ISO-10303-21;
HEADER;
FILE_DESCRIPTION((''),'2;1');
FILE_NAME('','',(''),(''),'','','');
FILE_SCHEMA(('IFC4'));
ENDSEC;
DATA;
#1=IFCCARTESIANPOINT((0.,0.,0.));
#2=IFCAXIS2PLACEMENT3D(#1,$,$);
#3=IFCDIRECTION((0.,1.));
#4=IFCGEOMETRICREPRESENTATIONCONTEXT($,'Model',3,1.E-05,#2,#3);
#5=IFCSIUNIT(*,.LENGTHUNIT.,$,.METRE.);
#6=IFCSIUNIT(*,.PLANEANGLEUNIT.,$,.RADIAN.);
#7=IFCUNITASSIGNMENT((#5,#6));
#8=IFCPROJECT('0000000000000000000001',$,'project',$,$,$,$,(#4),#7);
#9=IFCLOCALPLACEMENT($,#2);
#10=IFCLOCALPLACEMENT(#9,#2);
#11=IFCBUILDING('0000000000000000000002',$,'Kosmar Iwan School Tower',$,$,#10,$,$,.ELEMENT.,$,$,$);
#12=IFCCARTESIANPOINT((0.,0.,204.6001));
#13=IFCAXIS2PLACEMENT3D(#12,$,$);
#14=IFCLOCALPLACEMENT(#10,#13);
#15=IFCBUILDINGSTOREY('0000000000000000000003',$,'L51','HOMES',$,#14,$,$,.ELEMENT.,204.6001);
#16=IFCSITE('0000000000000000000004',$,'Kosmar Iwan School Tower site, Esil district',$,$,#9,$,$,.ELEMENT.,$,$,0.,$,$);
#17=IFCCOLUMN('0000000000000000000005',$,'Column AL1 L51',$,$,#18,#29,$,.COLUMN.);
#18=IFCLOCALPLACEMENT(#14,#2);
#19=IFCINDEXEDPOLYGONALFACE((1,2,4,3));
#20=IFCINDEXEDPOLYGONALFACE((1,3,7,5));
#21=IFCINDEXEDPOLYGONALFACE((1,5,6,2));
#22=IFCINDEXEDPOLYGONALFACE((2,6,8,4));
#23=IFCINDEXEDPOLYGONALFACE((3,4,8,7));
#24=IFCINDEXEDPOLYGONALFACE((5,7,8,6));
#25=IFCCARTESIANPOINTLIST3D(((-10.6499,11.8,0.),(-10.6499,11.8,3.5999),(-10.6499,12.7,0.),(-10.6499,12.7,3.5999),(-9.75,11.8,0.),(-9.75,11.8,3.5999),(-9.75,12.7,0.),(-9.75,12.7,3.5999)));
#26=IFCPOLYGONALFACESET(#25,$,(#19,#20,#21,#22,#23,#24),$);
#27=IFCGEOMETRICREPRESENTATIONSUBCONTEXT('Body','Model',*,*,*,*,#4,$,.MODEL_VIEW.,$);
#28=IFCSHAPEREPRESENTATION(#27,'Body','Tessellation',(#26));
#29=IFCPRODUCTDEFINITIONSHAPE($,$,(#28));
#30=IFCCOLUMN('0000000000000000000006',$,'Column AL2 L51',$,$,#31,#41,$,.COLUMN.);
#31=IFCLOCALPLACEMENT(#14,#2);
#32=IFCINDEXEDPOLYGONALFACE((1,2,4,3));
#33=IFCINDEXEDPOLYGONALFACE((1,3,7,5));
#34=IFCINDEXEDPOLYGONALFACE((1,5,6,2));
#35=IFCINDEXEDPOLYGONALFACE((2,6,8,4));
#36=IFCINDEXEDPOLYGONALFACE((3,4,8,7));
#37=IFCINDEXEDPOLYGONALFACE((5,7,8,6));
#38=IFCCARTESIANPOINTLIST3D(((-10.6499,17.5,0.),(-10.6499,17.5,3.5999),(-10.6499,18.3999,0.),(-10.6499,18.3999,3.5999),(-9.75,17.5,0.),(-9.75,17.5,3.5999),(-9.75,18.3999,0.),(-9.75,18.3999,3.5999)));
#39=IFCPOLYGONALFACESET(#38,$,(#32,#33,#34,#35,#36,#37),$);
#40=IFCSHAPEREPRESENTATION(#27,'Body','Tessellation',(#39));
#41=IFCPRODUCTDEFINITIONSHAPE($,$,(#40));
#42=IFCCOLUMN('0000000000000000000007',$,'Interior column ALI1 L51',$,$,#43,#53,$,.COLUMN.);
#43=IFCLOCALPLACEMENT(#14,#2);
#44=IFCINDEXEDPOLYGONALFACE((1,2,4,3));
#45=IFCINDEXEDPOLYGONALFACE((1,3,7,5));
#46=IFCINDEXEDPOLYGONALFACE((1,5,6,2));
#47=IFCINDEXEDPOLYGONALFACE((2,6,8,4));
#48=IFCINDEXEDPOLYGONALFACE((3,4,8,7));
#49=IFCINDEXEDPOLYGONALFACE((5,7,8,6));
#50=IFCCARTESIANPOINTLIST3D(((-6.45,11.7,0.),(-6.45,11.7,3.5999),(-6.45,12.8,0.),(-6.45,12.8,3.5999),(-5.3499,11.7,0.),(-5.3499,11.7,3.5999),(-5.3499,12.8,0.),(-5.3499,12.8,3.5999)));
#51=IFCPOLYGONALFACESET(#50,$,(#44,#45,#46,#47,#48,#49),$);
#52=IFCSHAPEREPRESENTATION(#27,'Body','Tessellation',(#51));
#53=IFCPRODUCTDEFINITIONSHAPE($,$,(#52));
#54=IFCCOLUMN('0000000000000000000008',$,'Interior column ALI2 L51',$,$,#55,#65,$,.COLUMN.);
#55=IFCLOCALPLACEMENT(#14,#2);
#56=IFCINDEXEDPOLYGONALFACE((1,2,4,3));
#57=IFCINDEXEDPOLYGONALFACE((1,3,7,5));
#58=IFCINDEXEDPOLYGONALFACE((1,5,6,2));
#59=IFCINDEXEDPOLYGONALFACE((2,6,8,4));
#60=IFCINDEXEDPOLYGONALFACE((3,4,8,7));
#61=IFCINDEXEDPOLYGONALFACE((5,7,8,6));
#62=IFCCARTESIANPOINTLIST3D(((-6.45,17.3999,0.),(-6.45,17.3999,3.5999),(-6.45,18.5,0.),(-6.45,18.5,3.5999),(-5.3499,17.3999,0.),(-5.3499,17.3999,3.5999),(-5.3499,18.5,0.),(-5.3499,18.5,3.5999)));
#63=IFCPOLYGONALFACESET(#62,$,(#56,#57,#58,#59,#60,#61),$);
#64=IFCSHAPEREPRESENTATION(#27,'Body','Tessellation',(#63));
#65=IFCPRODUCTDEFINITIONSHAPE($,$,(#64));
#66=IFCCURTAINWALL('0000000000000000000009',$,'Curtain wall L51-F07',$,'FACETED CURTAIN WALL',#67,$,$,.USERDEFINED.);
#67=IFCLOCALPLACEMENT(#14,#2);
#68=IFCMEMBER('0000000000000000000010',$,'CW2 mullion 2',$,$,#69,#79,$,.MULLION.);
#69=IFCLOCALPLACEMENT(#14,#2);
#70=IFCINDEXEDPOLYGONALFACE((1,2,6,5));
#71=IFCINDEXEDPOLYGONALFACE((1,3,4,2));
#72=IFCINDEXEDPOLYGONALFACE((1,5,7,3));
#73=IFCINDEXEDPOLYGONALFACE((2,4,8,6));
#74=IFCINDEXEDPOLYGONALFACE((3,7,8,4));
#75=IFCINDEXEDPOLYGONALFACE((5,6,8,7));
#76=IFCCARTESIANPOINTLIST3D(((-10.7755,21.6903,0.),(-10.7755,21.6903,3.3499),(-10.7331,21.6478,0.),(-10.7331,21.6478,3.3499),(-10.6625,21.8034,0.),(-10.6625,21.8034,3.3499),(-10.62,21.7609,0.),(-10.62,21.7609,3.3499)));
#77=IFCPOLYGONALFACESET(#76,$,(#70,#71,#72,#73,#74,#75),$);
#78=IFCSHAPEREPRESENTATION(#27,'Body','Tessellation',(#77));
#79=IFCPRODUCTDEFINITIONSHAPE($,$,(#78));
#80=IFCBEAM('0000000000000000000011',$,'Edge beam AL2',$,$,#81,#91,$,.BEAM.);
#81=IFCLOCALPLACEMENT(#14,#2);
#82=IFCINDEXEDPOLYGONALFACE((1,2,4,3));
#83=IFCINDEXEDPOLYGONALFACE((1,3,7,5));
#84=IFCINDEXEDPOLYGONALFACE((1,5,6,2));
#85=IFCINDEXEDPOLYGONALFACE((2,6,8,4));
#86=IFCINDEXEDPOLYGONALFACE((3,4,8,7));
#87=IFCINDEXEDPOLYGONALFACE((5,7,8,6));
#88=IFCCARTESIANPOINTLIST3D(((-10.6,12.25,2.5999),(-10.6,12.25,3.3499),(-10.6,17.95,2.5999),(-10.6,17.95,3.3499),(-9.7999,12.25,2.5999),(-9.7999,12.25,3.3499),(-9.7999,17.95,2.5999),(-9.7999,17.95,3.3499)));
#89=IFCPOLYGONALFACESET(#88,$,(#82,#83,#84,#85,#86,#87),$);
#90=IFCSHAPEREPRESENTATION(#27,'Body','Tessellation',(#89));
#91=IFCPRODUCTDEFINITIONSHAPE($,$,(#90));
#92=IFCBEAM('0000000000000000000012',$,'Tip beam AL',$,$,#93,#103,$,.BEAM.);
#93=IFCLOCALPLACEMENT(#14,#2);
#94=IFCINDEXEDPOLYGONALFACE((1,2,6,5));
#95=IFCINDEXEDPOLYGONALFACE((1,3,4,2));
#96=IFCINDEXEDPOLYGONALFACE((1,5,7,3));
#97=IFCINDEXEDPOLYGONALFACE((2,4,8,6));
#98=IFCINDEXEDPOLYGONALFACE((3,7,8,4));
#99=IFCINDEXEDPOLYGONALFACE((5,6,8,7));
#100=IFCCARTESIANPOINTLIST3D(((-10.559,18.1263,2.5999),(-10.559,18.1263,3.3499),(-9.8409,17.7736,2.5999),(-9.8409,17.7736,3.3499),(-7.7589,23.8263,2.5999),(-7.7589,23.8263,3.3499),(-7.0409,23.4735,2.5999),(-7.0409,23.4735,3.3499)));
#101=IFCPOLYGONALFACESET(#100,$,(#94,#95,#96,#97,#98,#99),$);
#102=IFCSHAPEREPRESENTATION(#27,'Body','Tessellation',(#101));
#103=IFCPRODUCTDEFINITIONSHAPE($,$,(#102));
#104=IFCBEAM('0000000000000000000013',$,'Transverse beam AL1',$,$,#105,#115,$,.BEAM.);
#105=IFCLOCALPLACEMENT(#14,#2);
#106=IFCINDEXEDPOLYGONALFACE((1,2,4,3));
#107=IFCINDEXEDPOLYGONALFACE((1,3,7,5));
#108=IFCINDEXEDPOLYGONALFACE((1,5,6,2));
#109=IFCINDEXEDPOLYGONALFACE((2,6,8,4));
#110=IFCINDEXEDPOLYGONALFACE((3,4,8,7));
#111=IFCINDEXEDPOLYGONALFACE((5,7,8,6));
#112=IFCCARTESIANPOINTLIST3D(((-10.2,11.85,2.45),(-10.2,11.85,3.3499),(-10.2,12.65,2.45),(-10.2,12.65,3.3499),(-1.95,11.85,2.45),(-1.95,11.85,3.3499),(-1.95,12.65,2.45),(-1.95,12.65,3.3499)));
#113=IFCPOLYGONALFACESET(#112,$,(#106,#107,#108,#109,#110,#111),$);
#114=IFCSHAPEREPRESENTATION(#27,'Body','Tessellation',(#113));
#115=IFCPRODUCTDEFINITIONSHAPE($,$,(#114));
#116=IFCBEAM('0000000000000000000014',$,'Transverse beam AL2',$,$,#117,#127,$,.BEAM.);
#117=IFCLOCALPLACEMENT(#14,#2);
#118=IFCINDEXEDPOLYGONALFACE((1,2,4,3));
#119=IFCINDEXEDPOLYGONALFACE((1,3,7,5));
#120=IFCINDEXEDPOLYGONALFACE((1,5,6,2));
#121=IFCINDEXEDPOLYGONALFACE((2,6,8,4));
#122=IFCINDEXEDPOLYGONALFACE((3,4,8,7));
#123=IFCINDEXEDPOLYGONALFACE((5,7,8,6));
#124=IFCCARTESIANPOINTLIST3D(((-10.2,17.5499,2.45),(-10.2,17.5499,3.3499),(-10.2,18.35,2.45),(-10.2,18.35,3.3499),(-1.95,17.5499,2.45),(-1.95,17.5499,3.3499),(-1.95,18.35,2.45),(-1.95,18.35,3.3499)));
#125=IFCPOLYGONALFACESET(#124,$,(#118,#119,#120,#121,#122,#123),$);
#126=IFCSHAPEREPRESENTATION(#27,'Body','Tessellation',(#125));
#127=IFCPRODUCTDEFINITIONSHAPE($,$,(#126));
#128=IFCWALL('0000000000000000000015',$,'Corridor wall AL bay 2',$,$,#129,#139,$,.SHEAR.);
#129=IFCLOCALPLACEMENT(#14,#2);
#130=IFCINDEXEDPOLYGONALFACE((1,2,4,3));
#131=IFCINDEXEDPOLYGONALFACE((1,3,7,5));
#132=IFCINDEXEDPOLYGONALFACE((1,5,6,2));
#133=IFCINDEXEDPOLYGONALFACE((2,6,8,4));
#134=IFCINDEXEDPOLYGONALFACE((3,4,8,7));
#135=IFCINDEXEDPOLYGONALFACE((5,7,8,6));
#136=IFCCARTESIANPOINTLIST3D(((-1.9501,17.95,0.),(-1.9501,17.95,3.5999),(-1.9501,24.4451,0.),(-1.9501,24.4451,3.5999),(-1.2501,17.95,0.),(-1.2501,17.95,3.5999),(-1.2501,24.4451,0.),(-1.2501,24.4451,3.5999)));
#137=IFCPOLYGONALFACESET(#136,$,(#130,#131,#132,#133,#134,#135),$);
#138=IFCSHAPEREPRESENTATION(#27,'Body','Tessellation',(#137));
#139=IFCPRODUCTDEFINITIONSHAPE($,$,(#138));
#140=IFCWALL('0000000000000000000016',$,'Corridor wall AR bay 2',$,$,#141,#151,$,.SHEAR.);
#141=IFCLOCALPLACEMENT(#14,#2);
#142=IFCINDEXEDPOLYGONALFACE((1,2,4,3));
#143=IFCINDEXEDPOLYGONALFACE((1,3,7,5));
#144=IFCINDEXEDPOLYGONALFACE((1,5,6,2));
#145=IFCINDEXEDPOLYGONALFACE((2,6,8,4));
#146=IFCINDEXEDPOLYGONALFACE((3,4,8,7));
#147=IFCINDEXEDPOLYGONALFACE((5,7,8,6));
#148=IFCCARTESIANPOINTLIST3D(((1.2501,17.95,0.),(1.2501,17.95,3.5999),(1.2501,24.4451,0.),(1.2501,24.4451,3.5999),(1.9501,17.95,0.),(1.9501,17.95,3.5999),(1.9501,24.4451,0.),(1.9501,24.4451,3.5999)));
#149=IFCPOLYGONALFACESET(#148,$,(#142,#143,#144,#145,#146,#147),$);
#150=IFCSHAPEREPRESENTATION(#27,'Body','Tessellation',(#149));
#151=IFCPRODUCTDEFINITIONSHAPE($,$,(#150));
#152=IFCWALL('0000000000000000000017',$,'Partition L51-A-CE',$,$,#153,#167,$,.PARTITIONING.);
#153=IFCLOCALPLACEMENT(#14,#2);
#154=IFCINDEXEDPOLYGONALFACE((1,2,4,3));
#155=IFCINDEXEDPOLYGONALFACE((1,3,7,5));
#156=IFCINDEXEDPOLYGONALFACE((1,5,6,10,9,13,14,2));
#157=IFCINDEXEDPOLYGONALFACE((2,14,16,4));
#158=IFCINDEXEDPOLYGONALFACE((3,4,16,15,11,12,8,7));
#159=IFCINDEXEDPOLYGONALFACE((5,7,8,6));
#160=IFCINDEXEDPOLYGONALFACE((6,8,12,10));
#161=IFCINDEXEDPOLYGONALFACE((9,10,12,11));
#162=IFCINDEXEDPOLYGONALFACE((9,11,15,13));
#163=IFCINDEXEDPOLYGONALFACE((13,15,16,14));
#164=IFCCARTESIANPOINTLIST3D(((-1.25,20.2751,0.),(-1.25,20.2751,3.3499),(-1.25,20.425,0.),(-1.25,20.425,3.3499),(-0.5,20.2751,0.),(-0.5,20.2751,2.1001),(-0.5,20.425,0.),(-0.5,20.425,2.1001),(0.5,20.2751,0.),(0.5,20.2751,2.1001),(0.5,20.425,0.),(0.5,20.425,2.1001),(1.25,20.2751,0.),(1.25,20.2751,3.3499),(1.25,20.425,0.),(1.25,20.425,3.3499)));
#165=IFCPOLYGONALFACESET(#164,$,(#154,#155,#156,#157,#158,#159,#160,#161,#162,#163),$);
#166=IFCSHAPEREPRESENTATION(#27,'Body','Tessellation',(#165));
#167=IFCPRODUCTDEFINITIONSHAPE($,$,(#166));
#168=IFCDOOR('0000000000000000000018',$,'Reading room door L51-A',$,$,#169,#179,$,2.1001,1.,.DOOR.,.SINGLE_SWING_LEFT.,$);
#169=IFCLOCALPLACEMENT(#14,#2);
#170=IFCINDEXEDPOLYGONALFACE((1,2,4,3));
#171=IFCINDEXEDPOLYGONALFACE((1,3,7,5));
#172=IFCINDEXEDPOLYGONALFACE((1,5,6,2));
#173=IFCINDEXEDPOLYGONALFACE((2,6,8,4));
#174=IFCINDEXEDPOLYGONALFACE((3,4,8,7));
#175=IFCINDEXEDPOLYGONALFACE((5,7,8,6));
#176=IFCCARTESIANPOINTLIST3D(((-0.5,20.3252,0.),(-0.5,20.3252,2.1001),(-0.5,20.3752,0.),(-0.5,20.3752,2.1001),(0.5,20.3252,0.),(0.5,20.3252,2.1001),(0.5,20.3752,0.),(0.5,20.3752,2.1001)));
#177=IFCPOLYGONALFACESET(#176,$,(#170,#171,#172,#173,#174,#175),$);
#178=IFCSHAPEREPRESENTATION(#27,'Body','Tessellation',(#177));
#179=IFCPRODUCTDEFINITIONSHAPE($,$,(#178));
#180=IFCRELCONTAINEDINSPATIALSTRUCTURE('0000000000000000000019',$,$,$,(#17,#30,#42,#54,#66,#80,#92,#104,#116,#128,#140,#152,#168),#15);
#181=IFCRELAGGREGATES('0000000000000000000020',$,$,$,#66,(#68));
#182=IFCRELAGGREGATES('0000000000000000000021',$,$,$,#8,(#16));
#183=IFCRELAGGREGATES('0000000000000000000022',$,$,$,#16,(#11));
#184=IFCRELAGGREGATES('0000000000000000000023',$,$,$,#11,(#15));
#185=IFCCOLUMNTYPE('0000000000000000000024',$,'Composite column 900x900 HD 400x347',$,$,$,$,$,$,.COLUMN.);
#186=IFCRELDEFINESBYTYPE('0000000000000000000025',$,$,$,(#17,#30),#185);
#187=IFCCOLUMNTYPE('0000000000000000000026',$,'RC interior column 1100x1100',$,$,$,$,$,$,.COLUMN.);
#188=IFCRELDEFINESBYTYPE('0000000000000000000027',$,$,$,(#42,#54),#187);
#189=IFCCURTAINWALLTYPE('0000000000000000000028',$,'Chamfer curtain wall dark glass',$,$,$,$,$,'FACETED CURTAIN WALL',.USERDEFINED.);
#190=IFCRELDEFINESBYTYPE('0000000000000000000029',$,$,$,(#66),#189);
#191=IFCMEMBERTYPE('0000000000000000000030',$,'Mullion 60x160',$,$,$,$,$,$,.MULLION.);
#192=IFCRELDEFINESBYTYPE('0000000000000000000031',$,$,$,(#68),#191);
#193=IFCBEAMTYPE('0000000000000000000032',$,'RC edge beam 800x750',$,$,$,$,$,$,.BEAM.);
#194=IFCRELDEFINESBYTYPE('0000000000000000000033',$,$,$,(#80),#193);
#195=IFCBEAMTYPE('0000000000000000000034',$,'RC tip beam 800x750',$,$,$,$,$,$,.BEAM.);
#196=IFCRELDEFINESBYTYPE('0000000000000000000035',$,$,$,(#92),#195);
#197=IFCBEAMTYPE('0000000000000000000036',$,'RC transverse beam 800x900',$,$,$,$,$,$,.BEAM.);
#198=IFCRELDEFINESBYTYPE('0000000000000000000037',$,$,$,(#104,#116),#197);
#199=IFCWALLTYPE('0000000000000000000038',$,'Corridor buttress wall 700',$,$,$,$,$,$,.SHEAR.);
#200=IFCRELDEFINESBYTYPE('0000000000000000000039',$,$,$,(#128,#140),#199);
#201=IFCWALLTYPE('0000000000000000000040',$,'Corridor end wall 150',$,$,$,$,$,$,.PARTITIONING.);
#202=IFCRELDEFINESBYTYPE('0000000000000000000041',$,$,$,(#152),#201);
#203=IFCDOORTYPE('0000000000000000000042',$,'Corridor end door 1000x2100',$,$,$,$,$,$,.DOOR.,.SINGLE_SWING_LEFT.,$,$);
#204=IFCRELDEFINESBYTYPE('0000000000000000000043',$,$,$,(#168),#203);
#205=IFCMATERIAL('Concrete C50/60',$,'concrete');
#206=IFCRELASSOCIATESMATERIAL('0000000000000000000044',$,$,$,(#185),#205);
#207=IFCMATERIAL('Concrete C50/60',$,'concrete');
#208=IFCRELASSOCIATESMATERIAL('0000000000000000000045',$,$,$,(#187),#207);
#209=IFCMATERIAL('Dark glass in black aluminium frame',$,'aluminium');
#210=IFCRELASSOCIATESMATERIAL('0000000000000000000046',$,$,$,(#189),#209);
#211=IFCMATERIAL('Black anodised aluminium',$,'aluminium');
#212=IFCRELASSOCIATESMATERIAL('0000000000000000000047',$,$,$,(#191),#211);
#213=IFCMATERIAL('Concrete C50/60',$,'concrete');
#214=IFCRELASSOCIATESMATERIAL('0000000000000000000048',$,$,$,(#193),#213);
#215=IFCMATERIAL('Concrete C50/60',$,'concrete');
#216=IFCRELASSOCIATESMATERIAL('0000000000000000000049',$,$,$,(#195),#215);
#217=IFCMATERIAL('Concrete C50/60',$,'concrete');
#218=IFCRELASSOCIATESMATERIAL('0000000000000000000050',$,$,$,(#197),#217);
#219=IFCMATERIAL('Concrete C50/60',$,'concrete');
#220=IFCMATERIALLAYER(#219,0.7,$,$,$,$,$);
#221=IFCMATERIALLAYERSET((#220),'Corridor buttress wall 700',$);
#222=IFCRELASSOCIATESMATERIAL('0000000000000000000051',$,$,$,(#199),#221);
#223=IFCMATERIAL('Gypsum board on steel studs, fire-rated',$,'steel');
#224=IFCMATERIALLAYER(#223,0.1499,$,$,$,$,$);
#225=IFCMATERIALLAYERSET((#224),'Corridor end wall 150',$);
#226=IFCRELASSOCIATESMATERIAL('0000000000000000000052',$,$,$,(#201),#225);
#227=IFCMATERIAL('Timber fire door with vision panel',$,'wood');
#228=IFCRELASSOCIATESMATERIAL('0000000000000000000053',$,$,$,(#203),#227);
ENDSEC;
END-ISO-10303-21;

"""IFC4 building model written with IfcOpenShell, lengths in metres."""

from ifc_helpers import new_model, si_unit, direction, frame, frame_2d, origin, origin_2d, place, context, subcontext, project, spatial, rectangle, extrude, material, layer, layer_set, material_profile, profile_set, type_object, element, fill, aggregate, save


model = new_model("IFC4")

# Units and contexts
model_context = context("Model", 3, precision=1e-05, world=origin(), true_north=direction((0.0, 1.0)))
body_context = subcontext(model_context, "Body", "Model", "MODEL_VIEW")
ifc_project = project(units=[si_unit("LENGTHUNIT", "METRE"), si_unit("PLANEANGLEUNIT", "RADIAN")], contexts=[model_context])

# Site, building, storey
site_placement = place(None, origin())
site = spatial("IfcSite", under=ifc_project, at=site_placement, Name="Kosmar Iwan School Tower site, Esil district", CompositionType="ELEMENT", RefElevation=0.0)
building_placement = place(site_placement, origin())
building = spatial("IfcBuilding", under=site, at=building_placement, Name="Kosmar Iwan School Tower", CompositionType="ELEMENT")
storey_placement = place(building_placement, frame((0.0, 0.0, 204.6001)))
storey = spatial("IfcBuildingStorey", under=building, at=storey_placement, Name="L51", Description="HOMES", CompositionType="ELEMENT", Elevation=204.6001)

# Columns
ifc_material_1 = material(Name="Concrete C50/60", Category="concrete")
ifc_material_profile_1 = material_profile(ifc_material_1, rectangle(XDim=0.8999, YDim=0.8999, at=origin_2d()), Name="RC 900x900 + HD 400x347")
ifc_profile_set_1 = profile_set([ifc_material_profile_1], Name="Concrete C50/60")
column_type_1 = type_object("IfcColumnType", Name="Composite column 900x900 HD 400x347", PredefinedType="COLUMN", material=ifc_profile_set_1)
for number, where, z_axis, x_axis, name in (
    (1, (-10.2, 12.25, 0.0), (0.0, 0.0, 1.0), (0.0, 1.0, 0.0), "Column AL1 L51"),
    (2, (-10.2, 17.95, 0.0), (0.0, 0.0, 1.0), (0.0, 1.0, 0.0), "Column AL2 L51"),
):
    element("IfcColumn", number, at=place(storey_placement, frame(where, z_axis=z_axis, x_axis=x_axis)), inside=storey, type_object=column_type_1, Name=name, PredefinedType="COLUMN", context=body_context, shape_type="SweptSolid", body=[
        extrude(rectangle(XDim=0.8999, YDim=0.8999, at=origin_2d()), origin(), (0.0, 0.0, 1.0), 3.5999),
    ])
ifc_material_2 = material(Name="Concrete C50/60", Category="concrete")
ifc_material_profile_2 = material_profile(ifc_material_2, rectangle(XDim=1.1001, YDim=1.1001, at=origin_2d()), Name="RC 1100x1100")
ifc_profile_set_2 = profile_set([ifc_material_profile_2], Name="Concrete C50/60")
column_type_2 = type_object("IfcColumnType", Name="RC interior column 1100x1100", PredefinedType="COLUMN", material=ifc_profile_set_2)
for number, where, z_axis, x_axis, name in (
    (3, (-5.8999, 12.25, 0.0), (0.0, 0.0, 1.0), (0.0, 1.0, 0.0), "Interior column ALI1 L51"),
    (4, (-5.8999, 17.95, 0.0), (0.0, 0.0, 1.0), (0.0, 1.0, 0.0), "Interior column ALI2 L51"),
):
    element("IfcColumn", number, at=place(storey_placement, frame(where, z_axis=z_axis, x_axis=x_axis)), inside=storey, type_object=column_type_2, Name=name, PredefinedType="COLUMN", context=body_context, shape_type="SweptSolid", body=[
        extrude(rectangle(XDim=1.1001, YDim=1.1001, at=origin_2d()), origin(), (0.0, 0.0, 1.0), 3.5999),
    ])

# Curtain wall, member
ifc_material_3 = material(Name="Dark glass in black aluminium frame", Category="aluminium")
curtain_wall_type = type_object("IfcCurtainWallType", Name="Chamfer curtain wall dark glass", ElementType="FACETED CURTAIN WALL", PredefinedType="USERDEFINED", material=ifc_material_3)
curtain_wall_placement = place(storey_placement, origin())
curtain_wall = element("IfcCurtainWall", 5, at=curtain_wall_placement, inside=storey, type_object=curtain_wall_type, Name="Curtain wall L51-F07", ObjectType="FACETED CURTAIN WALL", PredefinedType="USERDEFINED")
ifc_material_4 = material(Name="Black anodised aluminium", Category="aluminium")
ifc_material_profile_3 = material_profile(ifc_material_4, rectangle(XDim=0.0601, YDim=0.1599, at=origin_2d()), Name="MULLION 60x160")
ifc_profile_set_3 = profile_set([ifc_material_profile_3], Name="Black anodised aluminium")
member_type = type_object("IfcMemberType", Name="Mullion 60x160", PredefinedType="MULLION", material=ifc_profile_set_3)
member_placement = place(storey_placement, frame((-10.6978, 21.7256, 0.0), z_axis=(0.0, 0.0, 1.0), x_axis=(0.707107, -0.707107, 0.0)))
member = element("IfcMember", 6, at=member_placement, type_object=member_type, Name="CW2 mullion 2", PredefinedType="MULLION", context=body_context, shape_type="SweptSolid", body=[
    extrude(rectangle(XDim=0.0601, YDim=0.1599, at=origin_2d()), origin(), (0.0, 0.0, 1.0), 3.3499),
])
aggregate(curtain_wall, [member])

# Beams
ifc_material_5 = material(Name="Concrete C50/60", Category="concrete")
ifc_material_profile_4 = material_profile(ifc_material_5, rectangle(XDim=0.8, YDim=0.75, at=origin_2d()), Name="RC 800x750")
ifc_profile_set_4 = profile_set([ifc_material_profile_4], Name="Concrete C50/60")
beam_type_1 = type_object("IfcBeamType", Name="RC edge beam 800x750", PredefinedType="BEAM", material=ifc_profile_set_4)
beam_1_placement = place(storey_placement, frame((-10.2, 12.25, 2.9749), z_axis=(0.0, 1.0, 0.0), x_axis=(-1.0, 0.0, 0.0)))
element("IfcBeam", 7, at=beam_1_placement, inside=storey, type_object=beam_type_1, Name="Edge beam AL2", PredefinedType="BEAM", context=body_context, shape_type="SweptSolid", body=[
    extrude(rectangle(XDim=0.8, YDim=0.75, at=origin_2d()), origin(), (0.0, 0.0, 1.0), 5.7),
])
ifc_material_6 = material(Name="Concrete C50/60", Category="concrete")
ifc_material_profile_5 = material_profile(ifc_material_6, rectangle(XDim=0.8, YDim=0.75, at=origin_2d()), Name="RC 800x750")
ifc_profile_set_5 = profile_set([ifc_material_profile_5], Name="Concrete C50/60")
beam_type_2 = type_object("IfcBeamType", Name="RC tip beam 800x750", PredefinedType="BEAM", material=ifc_profile_set_5)
beam_2_placement = place(storey_placement, frame((-10.2, 17.95, 2.9749), z_axis=(0.440913, 0.89755, 0.0), x_axis=(-0.89755, 0.440913, 0.0)))
element("IfcBeam", 8, at=beam_2_placement, inside=storey, type_object=beam_type_2, Name="Tip beam AL", PredefinedType="BEAM", context=body_context, shape_type="SweptSolid", body=[
    extrude(rectangle(XDim=0.8, YDim=0.75, at=origin_2d()), origin(), (0.0, 0.0, 1.0), 6.3506),
])
ifc_material_7 = material(Name="Concrete C50/60", Category="concrete")
ifc_material_profile_6 = material_profile(ifc_material_7, rectangle(XDim=0.8, YDim=0.8999, at=origin_2d()), Name="RC 800x900")
ifc_profile_set_6 = profile_set([ifc_material_profile_6], Name="Concrete C50/60")
beam_type_3 = type_object("IfcBeamType", Name="RC transverse beam 800x900", PredefinedType="BEAM", material=ifc_profile_set_6)
for number, where, z_axis, x_axis, name in (
    (9, (-10.2, 12.25, 2.8999), (1.0, 0.0, 0.0), (0.0, 1.0, 0.0), "Transverse beam AL1"),
    (10, (-10.2, 17.95, 2.8999), (1.0, 0.0, 0.0), (0.0, 1.0, 0.0), "Transverse beam AL2"),
):
    element("IfcBeam", number, at=place(storey_placement, frame(where, z_axis=z_axis, x_axis=x_axis)), inside=storey, type_object=beam_type_3, Name=name, PredefinedType="BEAM", context=body_context, shape_type="SweptSolid", body=[
        extrude(rectangle(XDim=0.8, YDim=0.8999, at=origin_2d()), origin(), (0.0, 0.0, 1.0), 8.25),
    ])

# Walls
ifc_material_8 = material(Name="Concrete C50/60", Category="concrete")
ifc_layer_1 = layer(ifc_material_8, 0.7)
ifc_layer_set_1 = layer_set([ifc_layer_1], Name="Corridor buttress wall 700")
wall_type_1 = type_object("IfcWallType", Name="Corridor buttress wall 700", PredefinedType="SHEAR", material=ifc_layer_set_1)
for number, where, z_axis, x_axis, name in (
    (11, (-1.6001, 17.95, 0.0), (0.0, 0.0, 1.0), (0.0, 1.0, 0.0), "Corridor wall AL bay 2"),
    (12, (1.6001, 17.95, 0.0), (0.0, 0.0, 1.0), (0.0, 1.0, 0.0), "Corridor wall AR bay 2"),
):
    element("IfcWall", number, at=place(storey_placement, frame(where, z_axis=z_axis, x_axis=x_axis)), inside=storey, type_object=wall_type_1, Name=name, PredefinedType="SHEAR", context=body_context, shape_type="SweptSolid", body=[
        extrude(rectangle(XDim=6.4951, YDim=0.7, at=frame_2d((3.2476, 0.0))), origin(), (0.0, 0.0, 1.0), 3.5999),
    ])

# Wall, opening, door
ifc_material_9 = material(Name="Gypsum board on steel studs, fire-rated", Category="steel")
ifc_layer_2 = layer(ifc_material_9, 0.1499)
ifc_layer_set_2 = layer_set([ifc_layer_2], Name="Corridor end wall 150")
wall_type_2 = type_object("IfcWallType", Name="Corridor end wall 150", PredefinedType="PARTITIONING", material=ifc_layer_set_2)
wall_1_placement = place(storey_placement, frame((1.25, 20.3501, 0.0), z_axis=(0.0, 0.0, 1.0), x_axis=(-1.0, 0.0, 0.0)))
wall_1 = element("IfcWall", 13, at=wall_1_placement, inside=storey, type_object=wall_type_2, Name="Partition L51-A-CE", PredefinedType="PARTITIONING", context=body_context, shape_type="SweptSolid", body=[
    extrude(rectangle(XDim=2.5, YDim=0.1499, at=frame_2d((1.25, 0.0))), origin(), (0.0, 0.0, 1.0), 3.3499),
])
opening_placement = place(wall_1_placement, frame((0.75, 0.0, 0.0)))
opening = element("IfcOpeningElement", 14, at=opening_placement, cuts=wall_1, PredefinedType="OPENING", context=body_context, shape_type="SweptSolid", body=[
    extrude(rectangle(XDim=1.0, YDim=2.1001, at=frame_2d((0.5, 1.05))), frame((0.0, 0.0869, 0.0), z_axis=(0.0, -1.0, 0.0), x_axis=(1.0, 0.0, 0.0)), (0.0, 0.0, 1.0), 0.1738),
])
ifc_material_10 = material(Name="Timber fire door with vision panel", Category="wood")
door_type = type_object("IfcDoorType", Name="Corridor end door 1000x2100", OperationType="SINGLE_SWING_LEFT", PredefinedType="DOOR", material=ifc_material_10)
door_placement = place(opening_placement, origin())
door = element("IfcDoor", 15, at=door_placement, inside=storey, type_object=door_type, Name="Reading room door L51-A", OperationType="SINGLE_SWING_LEFT", OverallHeight=2.1001, OverallWidth=1.0, PredefinedType="DOOR", context=body_context, shape_type="SweptSolid", body=[
    extrude(rectangle(XDim=1.0, YDim=2.1001, at=frame_2d((0.5, 1.05))), frame((0.0, 0.0249, 0.0), z_axis=(0.0, -1.0, 0.0), x_axis=(1.0, 0.0, 0.0)), (0.0, 0.0, 1.0), 0.05),
])
fill(opening, door)

save(model, "model.ifc")
